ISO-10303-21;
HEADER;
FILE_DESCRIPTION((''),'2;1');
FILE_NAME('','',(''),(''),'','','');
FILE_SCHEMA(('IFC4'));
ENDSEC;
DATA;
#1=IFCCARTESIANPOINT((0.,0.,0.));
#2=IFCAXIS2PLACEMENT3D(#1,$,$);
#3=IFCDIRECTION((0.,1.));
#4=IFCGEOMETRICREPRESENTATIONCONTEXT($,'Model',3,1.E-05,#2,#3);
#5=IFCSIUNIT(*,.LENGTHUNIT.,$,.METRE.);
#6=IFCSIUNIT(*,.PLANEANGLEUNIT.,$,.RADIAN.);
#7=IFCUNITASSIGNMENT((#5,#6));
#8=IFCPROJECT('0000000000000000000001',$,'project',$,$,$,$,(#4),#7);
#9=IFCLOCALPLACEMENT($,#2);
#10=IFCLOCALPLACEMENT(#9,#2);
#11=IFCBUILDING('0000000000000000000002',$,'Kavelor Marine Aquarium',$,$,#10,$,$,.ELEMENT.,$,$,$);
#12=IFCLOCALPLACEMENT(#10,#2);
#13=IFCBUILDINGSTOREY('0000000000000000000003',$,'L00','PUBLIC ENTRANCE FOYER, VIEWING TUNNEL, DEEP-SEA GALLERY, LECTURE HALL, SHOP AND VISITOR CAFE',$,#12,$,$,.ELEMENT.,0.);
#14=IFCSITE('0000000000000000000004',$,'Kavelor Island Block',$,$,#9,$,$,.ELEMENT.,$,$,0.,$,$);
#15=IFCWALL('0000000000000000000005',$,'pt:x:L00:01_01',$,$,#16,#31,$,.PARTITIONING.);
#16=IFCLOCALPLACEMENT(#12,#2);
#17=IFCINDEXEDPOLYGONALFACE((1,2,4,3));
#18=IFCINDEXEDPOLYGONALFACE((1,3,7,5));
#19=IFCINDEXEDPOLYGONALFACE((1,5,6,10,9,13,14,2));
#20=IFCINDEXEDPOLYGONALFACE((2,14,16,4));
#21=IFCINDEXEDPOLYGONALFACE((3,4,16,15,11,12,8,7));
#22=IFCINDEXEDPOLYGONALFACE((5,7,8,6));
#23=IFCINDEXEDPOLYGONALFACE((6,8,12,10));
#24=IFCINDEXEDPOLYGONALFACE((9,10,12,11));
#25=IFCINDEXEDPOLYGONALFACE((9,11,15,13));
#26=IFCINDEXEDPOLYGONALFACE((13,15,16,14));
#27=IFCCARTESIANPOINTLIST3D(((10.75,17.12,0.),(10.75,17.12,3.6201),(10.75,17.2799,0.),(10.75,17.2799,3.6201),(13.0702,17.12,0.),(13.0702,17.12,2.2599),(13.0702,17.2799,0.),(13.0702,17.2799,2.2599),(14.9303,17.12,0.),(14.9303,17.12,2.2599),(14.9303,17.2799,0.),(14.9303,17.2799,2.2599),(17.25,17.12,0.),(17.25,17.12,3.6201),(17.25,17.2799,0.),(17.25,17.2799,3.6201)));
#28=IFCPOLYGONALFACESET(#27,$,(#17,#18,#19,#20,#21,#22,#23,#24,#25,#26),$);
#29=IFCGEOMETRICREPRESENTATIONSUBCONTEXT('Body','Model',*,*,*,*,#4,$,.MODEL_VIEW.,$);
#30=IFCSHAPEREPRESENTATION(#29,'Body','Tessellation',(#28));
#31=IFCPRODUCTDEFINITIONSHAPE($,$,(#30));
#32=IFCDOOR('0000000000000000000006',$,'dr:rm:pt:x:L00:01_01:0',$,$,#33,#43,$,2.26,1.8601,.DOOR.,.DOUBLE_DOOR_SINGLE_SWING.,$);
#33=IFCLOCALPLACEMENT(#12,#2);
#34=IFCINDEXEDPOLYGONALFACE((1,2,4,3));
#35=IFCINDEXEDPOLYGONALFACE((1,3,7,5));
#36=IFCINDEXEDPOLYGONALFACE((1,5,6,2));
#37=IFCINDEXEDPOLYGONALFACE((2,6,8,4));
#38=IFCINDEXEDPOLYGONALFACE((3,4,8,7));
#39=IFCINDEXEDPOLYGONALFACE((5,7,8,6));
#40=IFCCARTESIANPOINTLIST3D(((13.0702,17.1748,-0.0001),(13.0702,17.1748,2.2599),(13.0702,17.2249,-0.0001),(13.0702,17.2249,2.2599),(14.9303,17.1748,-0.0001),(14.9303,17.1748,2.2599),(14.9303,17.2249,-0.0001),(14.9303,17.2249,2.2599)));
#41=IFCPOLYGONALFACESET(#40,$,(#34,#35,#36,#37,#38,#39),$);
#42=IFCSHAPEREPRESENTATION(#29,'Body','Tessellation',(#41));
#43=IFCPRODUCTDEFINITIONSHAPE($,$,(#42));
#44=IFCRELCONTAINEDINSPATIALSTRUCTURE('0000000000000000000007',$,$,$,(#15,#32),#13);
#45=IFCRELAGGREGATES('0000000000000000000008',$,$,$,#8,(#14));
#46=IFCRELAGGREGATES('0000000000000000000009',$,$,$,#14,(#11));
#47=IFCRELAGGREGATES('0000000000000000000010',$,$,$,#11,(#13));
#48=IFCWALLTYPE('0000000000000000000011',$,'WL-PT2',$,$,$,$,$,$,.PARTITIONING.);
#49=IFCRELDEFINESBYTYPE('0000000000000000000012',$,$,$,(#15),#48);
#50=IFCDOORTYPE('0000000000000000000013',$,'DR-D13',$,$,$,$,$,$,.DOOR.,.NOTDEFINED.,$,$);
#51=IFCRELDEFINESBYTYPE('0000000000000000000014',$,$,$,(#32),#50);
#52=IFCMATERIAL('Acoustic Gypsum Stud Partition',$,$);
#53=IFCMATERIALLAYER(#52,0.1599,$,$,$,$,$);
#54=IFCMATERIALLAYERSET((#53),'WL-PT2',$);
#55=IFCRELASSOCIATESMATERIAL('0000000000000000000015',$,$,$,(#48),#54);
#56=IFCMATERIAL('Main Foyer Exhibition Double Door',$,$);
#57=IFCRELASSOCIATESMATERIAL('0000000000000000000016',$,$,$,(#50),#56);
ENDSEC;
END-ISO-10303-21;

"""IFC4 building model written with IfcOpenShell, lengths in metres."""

from ifc_helpers import new_model, si_unit, direction, frame, frame_2d, origin, place, context, subcontext, project, spatial, rectangle, extrude, material, layer, layer_set, type_object, element, fill, save


model = new_model("IFC4")

# Units and contexts
model_context = context("Model", 3, precision=1e-05, world=origin(), true_north=direction((0.0, 1.0)))
body_context = subcontext(model_context, "Body", "Model", "MODEL_VIEW")
ifc_project = project(units=[si_unit("LENGTHUNIT", "METRE"), si_unit("PLANEANGLEUNIT", "RADIAN")], contexts=[model_context])

# Site, building, storey
site_placement = place(None, origin())
site = spatial("IfcSite", under=ifc_project, at=site_placement, Name="Kavelor Island Block", CompositionType="ELEMENT", RefElevation=0.0)
building_placement = place(site_placement, origin())
building = spatial("IfcBuilding", under=site, at=building_placement, Name="Kavelor Marine Aquarium", CompositionType="ELEMENT")
storey_placement = place(building_placement, origin())
storey = spatial("IfcBuildingStorey", under=building, at=storey_placement, Name="L00", Description="PUBLIC ENTRANCE FOYER, VIEWING TUNNEL, DEEP-SEA GALLERY, LECTURE HALL, SHOP AND VISITOR CAFE", CompositionType="ELEMENT", Elevation=0.0)

# Wall, opening, door
ifc_material_1 = material(Name="Acoustic Gypsum Stud Partition")
ifc_layer = layer(ifc_material_1, 0.1599)
ifc_layer_set = layer_set([ifc_layer], Name="WL-PT2")
wall_type = type_object("IfcWallType", Name="WL-PT2", PredefinedType="PARTITIONING", material=ifc_layer_set)
wall_placement = place(storey_placement, frame((10.75, 17.2, 0.0), z_axis=(0.0, 0.0, 1.0), x_axis=(1.0, 0.0, 0.0)))
wall = element("IfcWall", 1, at=wall_placement, inside=storey, type_object=wall_type, Name="pt:x:L00:01_01", PredefinedType="PARTITIONING", context=body_context, shape_type="SweptSolid", body=[
    extrude(rectangle(XDim=6.5, YDim=0.1599, at=frame_2d((3.25, 0.0))), origin(), (0.0, 0.0, 1.0), 3.6201),
])
opening_placement = place(wall_placement, frame((2.3201, 0.0, 0.0)))
opening = element("IfcOpeningElement", 2, at=opening_placement, cuts=wall, PredefinedType="OPENING", context=body_context, shape_type="SweptSolid", body=[
    extrude(rectangle(XDim=1.8601, YDim=2.26, at=frame_2d((0.9302, 1.1299))), frame((0.0, 0.0898, 0.0), z_axis=(0.0, -1.0, 0.0), x_axis=(1.0, 0.0, 0.0)), (0.0, 0.0, 1.0), 0.1799),
])
ifc_material_2 = material(Name="Main Foyer Exhibition Double Door")
door_type = type_object("IfcDoorType", Name="DR-D13", OperationType="NOTDEFINED", PredefinedType="DOOR", material=ifc_material_2)
door_placement = place(opening_placement, origin())
door = element("IfcDoor", 3, at=door_placement, inside=storey, type_object=door_type, Name="dr:rm:pt:x:L00:01_01:0", OperationType="DOUBLE_DOOR_SINGLE_SWING", OverallHeight=2.26, OverallWidth=1.8601, PredefinedType="DOOR", context=body_context, shape_type="SweptSolid", body=[
    extrude(rectangle(XDim=1.8601, YDim=2.26, at=frame_2d((0.9302, 1.1299))), frame((0.0, 0.0249, 0.0), z_axis=(0.0, -1.0, 0.0), x_axis=(1.0, 0.0, 0.0)), (0.0, 0.0, 1.0), 0.05),
])
fill(opening, door)

save(model, "model.ifc")
